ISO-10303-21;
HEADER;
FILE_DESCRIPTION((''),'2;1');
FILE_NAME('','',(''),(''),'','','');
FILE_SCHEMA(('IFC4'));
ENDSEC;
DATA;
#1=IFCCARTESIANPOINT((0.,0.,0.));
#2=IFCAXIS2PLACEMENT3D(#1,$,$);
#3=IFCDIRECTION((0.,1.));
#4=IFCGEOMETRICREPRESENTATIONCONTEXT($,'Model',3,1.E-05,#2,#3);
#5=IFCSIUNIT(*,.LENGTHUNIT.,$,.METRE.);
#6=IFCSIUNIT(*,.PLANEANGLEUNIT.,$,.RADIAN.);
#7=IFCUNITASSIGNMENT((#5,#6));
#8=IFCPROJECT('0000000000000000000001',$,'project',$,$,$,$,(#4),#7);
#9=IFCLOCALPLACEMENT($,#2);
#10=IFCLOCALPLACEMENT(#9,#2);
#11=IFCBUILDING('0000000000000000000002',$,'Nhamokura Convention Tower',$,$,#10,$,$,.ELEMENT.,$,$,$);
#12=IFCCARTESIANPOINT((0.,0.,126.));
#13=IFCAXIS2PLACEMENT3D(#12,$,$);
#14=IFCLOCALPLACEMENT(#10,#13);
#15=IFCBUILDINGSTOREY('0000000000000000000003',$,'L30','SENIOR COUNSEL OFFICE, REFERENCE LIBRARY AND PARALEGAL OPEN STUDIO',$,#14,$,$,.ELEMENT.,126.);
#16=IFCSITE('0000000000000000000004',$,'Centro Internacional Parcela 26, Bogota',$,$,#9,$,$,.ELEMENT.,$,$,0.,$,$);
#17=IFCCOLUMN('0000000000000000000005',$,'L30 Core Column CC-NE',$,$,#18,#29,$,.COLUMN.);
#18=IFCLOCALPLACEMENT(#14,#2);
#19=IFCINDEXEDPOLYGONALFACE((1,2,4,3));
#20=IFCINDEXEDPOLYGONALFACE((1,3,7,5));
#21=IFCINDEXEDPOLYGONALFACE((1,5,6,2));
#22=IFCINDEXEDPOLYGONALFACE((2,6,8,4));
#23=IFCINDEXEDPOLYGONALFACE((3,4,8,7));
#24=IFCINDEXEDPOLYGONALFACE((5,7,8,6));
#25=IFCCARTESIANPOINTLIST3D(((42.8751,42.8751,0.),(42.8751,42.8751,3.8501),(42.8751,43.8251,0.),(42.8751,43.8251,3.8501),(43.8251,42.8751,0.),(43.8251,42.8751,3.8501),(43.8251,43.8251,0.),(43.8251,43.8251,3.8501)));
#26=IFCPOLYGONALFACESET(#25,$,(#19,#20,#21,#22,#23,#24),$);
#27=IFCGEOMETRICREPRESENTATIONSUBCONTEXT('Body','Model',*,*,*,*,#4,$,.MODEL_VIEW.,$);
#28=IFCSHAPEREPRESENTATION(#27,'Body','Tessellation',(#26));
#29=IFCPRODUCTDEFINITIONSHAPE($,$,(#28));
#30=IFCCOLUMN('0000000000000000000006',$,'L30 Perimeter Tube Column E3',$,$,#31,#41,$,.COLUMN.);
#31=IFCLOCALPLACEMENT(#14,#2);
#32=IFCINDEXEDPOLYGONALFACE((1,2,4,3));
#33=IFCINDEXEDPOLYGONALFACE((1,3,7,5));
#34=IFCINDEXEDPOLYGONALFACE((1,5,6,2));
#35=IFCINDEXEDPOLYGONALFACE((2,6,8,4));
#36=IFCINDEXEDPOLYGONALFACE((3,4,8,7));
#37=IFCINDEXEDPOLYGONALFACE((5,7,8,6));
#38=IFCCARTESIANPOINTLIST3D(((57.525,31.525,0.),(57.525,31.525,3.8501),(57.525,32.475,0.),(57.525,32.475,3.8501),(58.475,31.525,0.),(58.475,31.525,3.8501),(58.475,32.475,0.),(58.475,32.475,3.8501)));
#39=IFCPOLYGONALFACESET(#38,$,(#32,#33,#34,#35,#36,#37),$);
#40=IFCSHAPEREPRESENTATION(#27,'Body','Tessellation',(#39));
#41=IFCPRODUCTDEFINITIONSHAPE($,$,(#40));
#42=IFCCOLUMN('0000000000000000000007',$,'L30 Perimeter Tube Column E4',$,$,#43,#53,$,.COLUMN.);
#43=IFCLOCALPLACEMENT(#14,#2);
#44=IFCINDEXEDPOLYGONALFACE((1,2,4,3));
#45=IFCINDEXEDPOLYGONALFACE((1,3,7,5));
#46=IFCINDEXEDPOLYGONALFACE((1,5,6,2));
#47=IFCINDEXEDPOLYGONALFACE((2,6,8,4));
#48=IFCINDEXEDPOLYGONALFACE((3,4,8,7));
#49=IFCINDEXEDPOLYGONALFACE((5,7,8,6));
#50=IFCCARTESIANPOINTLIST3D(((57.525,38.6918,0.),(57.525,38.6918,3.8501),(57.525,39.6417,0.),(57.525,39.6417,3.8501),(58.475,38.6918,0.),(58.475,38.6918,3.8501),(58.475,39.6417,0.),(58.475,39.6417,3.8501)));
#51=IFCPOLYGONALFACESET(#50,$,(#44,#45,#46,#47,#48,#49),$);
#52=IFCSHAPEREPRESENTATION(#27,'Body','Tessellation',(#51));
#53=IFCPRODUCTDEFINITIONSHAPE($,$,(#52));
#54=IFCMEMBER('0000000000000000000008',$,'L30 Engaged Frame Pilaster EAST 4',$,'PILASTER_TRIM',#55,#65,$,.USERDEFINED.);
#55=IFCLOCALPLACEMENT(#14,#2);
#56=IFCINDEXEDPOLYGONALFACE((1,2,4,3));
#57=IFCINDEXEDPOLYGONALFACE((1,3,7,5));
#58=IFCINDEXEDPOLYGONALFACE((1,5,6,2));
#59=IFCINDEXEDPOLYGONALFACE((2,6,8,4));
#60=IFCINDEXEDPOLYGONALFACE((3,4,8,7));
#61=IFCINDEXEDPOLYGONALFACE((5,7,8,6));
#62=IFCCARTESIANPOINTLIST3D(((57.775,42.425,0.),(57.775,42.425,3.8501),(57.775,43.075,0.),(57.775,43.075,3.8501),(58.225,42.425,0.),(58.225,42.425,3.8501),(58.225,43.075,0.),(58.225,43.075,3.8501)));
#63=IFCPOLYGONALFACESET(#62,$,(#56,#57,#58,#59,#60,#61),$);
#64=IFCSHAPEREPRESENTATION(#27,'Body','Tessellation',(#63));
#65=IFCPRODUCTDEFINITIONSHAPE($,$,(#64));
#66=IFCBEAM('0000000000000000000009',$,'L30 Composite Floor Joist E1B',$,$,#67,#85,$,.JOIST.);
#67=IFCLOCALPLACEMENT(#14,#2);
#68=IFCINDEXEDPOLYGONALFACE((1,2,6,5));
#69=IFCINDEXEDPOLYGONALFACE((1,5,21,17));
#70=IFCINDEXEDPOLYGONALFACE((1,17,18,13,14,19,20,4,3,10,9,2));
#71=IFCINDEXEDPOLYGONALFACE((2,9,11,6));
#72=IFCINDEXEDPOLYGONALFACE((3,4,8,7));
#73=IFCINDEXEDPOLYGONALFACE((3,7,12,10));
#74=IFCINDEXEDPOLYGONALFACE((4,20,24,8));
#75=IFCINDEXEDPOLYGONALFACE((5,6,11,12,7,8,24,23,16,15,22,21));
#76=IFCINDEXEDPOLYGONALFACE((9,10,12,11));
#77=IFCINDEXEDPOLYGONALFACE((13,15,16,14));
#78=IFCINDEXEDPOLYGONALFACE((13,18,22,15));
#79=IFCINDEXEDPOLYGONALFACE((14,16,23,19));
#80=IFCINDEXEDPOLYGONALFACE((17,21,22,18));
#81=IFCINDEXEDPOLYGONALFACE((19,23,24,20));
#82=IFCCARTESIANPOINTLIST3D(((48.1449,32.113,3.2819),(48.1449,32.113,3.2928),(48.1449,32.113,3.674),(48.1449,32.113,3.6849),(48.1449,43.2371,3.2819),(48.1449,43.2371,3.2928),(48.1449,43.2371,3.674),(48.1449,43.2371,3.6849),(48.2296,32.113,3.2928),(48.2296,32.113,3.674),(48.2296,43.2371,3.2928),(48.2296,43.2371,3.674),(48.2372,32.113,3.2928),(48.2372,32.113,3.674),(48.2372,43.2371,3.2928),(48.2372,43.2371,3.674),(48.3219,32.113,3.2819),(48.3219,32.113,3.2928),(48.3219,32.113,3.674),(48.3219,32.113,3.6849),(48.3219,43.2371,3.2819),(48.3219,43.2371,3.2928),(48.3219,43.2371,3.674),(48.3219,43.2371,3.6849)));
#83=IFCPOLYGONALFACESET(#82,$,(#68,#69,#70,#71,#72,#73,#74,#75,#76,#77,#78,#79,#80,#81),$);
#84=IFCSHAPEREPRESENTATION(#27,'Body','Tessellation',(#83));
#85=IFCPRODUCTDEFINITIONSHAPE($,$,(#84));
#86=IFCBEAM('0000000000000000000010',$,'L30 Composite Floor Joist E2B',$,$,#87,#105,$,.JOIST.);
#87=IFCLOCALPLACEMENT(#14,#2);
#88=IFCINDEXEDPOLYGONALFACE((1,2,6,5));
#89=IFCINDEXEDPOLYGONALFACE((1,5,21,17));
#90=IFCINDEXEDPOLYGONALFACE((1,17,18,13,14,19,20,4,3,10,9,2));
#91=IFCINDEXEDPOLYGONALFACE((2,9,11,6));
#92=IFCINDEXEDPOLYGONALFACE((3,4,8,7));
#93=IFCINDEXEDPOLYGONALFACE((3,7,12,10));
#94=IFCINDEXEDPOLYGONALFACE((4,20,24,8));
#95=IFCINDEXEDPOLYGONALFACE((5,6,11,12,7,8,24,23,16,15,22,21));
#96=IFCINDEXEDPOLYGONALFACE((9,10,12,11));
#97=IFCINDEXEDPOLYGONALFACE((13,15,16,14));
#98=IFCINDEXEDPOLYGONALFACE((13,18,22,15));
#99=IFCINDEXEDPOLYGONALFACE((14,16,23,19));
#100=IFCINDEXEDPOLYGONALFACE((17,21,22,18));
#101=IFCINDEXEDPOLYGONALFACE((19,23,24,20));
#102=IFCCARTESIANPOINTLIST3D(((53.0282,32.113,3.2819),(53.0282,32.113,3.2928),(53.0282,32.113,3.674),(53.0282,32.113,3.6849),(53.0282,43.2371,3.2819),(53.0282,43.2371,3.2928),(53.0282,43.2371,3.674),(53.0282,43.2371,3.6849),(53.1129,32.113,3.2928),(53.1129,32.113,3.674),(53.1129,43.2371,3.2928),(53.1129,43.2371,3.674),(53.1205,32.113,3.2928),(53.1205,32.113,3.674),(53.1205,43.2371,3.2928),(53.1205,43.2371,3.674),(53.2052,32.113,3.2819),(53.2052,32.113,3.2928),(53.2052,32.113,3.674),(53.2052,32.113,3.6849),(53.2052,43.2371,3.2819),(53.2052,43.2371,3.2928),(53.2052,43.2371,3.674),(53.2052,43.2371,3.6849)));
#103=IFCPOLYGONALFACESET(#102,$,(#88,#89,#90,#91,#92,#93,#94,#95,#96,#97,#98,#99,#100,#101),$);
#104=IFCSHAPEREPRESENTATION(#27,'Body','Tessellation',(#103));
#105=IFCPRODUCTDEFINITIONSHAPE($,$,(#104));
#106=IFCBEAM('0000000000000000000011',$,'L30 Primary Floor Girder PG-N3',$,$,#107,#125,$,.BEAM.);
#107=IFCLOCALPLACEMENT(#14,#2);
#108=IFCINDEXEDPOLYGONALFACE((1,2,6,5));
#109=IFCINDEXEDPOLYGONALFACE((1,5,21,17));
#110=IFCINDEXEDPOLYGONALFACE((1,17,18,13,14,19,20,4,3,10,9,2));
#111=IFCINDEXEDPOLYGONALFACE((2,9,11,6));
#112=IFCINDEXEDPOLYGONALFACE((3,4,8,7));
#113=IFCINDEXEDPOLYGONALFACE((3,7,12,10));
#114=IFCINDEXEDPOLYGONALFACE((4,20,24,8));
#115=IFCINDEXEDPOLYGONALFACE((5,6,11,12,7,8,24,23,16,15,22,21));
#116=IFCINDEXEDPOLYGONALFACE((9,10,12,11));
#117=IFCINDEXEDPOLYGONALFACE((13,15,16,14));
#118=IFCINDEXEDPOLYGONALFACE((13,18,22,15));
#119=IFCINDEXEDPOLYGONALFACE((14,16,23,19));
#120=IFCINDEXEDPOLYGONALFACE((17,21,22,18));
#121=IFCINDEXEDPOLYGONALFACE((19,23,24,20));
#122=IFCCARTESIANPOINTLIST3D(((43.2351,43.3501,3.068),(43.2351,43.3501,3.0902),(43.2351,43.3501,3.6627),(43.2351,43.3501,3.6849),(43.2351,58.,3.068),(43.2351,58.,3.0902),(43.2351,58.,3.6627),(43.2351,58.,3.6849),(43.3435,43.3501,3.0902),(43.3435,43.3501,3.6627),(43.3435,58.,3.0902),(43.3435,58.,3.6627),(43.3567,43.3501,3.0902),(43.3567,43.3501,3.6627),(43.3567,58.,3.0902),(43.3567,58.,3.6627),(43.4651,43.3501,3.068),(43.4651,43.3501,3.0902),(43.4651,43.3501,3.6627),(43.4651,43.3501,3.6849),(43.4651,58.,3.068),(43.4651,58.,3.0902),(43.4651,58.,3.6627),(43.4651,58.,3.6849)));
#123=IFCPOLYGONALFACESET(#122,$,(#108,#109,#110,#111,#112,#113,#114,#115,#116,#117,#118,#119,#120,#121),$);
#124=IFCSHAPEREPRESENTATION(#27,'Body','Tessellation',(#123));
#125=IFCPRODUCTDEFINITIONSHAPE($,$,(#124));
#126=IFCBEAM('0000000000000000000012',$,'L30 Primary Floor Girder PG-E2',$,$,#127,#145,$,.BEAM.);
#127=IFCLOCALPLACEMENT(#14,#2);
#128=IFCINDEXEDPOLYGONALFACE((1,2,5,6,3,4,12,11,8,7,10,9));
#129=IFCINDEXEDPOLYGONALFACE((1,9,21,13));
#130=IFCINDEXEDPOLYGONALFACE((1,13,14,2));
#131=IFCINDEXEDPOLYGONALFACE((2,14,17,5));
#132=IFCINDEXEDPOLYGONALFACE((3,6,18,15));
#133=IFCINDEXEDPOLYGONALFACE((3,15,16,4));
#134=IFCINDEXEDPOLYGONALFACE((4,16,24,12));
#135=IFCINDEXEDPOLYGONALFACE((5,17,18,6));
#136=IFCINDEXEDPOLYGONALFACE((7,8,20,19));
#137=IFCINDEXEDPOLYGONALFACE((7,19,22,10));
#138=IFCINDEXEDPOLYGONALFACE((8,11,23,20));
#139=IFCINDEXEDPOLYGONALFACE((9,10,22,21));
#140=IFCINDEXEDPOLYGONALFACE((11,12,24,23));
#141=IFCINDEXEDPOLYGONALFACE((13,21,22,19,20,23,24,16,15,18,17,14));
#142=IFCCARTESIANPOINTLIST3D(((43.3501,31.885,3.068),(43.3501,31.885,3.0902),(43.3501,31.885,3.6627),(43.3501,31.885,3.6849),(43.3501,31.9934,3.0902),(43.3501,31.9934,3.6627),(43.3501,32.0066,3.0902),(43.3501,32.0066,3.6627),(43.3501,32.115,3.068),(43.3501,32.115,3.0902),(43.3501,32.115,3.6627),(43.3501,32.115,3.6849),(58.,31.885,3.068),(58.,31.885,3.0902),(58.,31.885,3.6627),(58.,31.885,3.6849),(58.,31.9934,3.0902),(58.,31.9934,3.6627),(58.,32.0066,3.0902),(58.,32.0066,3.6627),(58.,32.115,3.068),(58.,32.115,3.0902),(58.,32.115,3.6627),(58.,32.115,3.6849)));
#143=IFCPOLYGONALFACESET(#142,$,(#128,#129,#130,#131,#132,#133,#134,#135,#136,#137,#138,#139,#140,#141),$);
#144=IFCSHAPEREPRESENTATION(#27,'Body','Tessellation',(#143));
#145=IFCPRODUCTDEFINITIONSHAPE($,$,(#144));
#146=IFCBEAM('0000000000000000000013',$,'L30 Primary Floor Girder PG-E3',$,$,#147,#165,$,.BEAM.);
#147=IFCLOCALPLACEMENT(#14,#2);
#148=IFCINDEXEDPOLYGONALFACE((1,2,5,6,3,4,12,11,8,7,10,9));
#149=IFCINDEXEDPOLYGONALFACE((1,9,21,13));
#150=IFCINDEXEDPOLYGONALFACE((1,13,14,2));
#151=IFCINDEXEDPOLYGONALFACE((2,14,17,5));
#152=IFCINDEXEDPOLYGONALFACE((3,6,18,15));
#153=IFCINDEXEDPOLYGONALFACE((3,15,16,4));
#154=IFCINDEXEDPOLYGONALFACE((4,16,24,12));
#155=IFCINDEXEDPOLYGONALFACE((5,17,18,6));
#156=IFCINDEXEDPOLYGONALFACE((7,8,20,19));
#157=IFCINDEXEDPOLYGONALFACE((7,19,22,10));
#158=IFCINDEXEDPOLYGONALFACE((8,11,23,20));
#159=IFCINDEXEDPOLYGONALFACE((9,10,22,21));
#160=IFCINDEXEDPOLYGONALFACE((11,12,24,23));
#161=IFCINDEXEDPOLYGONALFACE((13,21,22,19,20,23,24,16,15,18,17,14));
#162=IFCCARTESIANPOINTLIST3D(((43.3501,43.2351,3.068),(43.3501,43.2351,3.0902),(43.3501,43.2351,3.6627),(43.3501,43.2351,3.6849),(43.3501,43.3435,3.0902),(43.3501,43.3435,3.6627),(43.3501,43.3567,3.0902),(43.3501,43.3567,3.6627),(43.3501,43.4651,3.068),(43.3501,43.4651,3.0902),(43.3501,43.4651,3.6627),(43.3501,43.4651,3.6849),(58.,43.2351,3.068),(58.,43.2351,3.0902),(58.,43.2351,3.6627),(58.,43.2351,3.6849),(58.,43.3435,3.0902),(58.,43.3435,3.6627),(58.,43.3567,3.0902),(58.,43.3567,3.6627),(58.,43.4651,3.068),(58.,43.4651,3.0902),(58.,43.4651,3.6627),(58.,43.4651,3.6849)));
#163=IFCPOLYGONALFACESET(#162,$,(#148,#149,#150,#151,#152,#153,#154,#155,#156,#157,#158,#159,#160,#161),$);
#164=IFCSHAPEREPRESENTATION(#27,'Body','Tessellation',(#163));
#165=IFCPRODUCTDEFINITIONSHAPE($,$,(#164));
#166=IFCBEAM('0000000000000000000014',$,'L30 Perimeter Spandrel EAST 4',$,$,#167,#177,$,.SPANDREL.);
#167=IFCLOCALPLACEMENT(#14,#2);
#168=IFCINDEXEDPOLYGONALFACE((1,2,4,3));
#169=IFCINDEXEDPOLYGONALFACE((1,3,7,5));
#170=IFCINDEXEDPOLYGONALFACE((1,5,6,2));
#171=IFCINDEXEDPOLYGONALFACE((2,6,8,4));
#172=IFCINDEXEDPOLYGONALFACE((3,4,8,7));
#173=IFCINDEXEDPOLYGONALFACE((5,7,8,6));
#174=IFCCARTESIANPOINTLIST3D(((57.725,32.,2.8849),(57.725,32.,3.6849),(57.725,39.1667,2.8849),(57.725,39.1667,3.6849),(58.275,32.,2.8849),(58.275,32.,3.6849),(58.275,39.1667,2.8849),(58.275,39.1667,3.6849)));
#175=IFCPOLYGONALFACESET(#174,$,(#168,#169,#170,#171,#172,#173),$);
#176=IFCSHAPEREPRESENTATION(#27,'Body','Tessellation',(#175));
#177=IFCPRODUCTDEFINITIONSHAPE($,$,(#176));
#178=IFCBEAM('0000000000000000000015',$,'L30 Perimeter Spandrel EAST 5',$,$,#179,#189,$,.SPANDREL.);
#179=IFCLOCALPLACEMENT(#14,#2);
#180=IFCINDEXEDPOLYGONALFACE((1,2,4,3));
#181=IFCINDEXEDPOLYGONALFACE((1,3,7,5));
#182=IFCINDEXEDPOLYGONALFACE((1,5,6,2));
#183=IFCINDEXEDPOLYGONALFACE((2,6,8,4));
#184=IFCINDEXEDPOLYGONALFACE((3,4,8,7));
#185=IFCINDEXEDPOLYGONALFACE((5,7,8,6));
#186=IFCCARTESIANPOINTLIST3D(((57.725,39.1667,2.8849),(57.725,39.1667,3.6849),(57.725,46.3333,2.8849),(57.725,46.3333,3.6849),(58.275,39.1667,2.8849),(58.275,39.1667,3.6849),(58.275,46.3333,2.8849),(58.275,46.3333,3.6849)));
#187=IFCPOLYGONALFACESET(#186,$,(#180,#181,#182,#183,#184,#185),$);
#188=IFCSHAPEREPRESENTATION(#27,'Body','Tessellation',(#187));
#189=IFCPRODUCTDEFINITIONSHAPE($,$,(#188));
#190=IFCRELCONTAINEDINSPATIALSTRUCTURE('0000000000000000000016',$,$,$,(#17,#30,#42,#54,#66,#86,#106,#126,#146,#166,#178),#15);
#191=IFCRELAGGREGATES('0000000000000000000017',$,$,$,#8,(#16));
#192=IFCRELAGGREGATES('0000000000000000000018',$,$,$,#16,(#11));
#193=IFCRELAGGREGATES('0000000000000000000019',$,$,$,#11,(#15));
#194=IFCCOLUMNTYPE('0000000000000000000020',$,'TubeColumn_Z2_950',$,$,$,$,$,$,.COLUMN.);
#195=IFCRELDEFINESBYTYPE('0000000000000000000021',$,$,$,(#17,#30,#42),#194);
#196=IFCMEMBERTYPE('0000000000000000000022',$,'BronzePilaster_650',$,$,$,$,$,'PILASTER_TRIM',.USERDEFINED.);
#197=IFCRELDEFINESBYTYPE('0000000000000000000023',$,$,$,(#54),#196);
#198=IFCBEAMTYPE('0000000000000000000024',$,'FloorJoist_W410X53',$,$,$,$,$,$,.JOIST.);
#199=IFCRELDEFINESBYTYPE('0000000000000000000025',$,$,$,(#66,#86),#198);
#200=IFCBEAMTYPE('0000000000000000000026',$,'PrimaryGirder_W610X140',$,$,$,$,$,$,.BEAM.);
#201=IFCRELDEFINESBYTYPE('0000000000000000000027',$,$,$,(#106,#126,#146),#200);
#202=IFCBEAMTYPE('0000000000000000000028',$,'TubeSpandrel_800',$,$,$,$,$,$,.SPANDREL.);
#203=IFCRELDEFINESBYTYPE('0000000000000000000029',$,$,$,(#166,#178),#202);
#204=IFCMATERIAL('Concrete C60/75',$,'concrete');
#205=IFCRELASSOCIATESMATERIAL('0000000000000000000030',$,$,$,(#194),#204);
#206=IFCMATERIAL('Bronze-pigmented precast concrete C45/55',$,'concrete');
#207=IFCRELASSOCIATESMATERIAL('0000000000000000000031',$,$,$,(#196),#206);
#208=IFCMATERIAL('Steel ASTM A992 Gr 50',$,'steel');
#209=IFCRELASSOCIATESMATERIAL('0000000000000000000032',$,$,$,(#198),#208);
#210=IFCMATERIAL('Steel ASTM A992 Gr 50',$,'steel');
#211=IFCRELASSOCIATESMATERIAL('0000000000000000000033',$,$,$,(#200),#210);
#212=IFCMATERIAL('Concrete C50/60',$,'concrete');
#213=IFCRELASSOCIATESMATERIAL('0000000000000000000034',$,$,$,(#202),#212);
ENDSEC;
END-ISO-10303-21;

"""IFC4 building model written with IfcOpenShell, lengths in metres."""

from ifc_helpers import new_model, si_unit, direction, frame, origin, origin_2d, place, context, subcontext, project, spatial, rectangle, i_section, extrude, material, material_profile, profile_set, type_object, element, save


model = new_model("IFC4")

# Units and contexts
model_context = context("Model", 3, precision=1e-05, world=origin(), true_north=direction((0.0, 1.0)))
body_context = subcontext(model_context, "Body", "Model", "MODEL_VIEW")
ifc_project = project(units=[si_unit("LENGTHUNIT", "METRE"), si_unit("PLANEANGLEUNIT", "RADIAN")], contexts=[model_context])

# Site, building, storey
site_placement = place(None, origin())
site = spatial("IfcSite", under=ifc_project, at=site_placement, Name="Centro Internacional Parcela 26, Bogota", CompositionType="ELEMENT", RefElevation=0.0)
building_placement = place(site_placement, origin())
building = spatial("IfcBuilding", under=site, at=building_placement, Name="Nhamokura Convention Tower", CompositionType="ELEMENT")
storey_placement = place(building_placement, frame((0.0, 0.0, 126.0)))
storey = spatial("IfcBuildingStorey", under=building, at=storey_placement, Name="L30", Description="SENIOR COUNSEL OFFICE, REFERENCE LIBRARY AND PARALEGAL OPEN STUDIO", CompositionType="ELEMENT", Elevation=126.0)

# Columns
ifc_material_1 = material(Name="Concrete C60/75", Category="concrete")
ifc_material_profile_1 = material_profile(ifc_material_1, rectangle(XDim=0.95, YDim=0.95, at=origin_2d()))
ifc_profile_set_1 = profile_set([ifc_material_profile_1], Name="Concrete C60/75")
column_type = type_object("IfcColumnType", Name="TubeColumn_Z2_950", PredefinedType="COLUMN", material=ifc_profile_set_1)
for number, where, z_axis, x_axis, name in (
    (1, (43.3501, 43.3501, 0.0), (0.0, 0.0, 1.0), (1.0, 0.0, 0.0), "L30 Core Column CC-NE"),
    (2, (58.0, 32.0, 0.0), (0.0, 0.0, 1.0), (1.0, 0.0, 0.0), "L30 Perimeter Tube Column E3"),
    (3, (58.0, 39.1667, 0.0), (0.0, 0.0, 1.0), (1.0, 0.0, 0.0), "L30 Perimeter Tube Column E4"),
):
    element("IfcColumn", number, at=place(storey_placement, frame(where, z_axis=z_axis, x_axis=x_axis)), inside=storey, type_object=column_type, Name=name, PredefinedType="COLUMN", context=body_context, shape_type="SweptSolid", body=[
        extrude(rectangle(XDim=0.95, YDim=0.95, at=origin_2d()), origin(), (0.0, 0.0, 1.0), 3.8501),
    ])

# Member
ifc_material_2 = material(Name="Bronze-pigmented precast concrete C45/55", Category="concrete")
ifc_material_profile_2 = material_profile(ifc_material_2, rectangle(XDim=0.45, YDim=0.6499, at=origin_2d()))
ifc_profile_set_2 = profile_set([ifc_material_profile_2], Name="Bronze-pigmented precast concrete C45/55")
member_type = type_object("IfcMemberType", Name="BronzePilaster_650", ElementType="PILASTER_TRIM", PredefinedType="USERDEFINED", material=ifc_profile_set_2)
member_placement = place(storey_placement, frame((58.0, 42.75, 0.0), z_axis=(0.0, 0.0, 1.0), x_axis=(1.0, 0.0, 0.0)))
element("IfcMember", 4, at=member_placement, inside=storey, type_object=member_type, Name="L30 Engaged Frame Pilaster EAST 4", ObjectType="PILASTER_TRIM", PredefinedType="USERDEFINED", context=body_context, shape_type="SweptSolid", body=[
    extrude(rectangle(XDim=0.45, YDim=0.6499, at=origin_2d()), origin(), (0.0, 0.0, 1.0), 3.8501),
])

# Beams
ifc_material_3 = material(Name="Steel ASTM A992 Gr 50", Category="steel")
ifc_material_profile_3 = material_profile(ifc_material_3, i_section(OverallWidth=0.177, OverallDepth=0.4031, WebThickness=0.0076, FlangeThickness=0.011, at=origin_2d()))
ifc_profile_set_3 = profile_set([ifc_material_profile_3], Name="Steel ASTM A992 Gr 50")
beam_type_1 = type_object("IfcBeamType", Name="FloorJoist_W410X53", PredefinedType="JOIST", material=ifc_profile_set_3)
for number, where, z_axis, x_axis, name in (
    (5, (48.2334, 32.113, 3.4834), (0.0, 1.0, 0.0), (-1.0, 0.0, 0.0), "L30 Composite Floor Joist E1B"),
    (6, (53.1167, 32.113, 3.4834), (0.0, 1.0, 0.0), (-1.0, 0.0, 0.0), "L30 Composite Floor Joist E2B"),
):
    element("IfcBeam", number, at=place(storey_placement, frame(where, z_axis=z_axis, x_axis=x_axis)), inside=storey, type_object=beam_type_1, Name=name, PredefinedType="JOIST", context=body_context, shape_type="SweptSolid", body=[
        extrude(i_section(OverallWidth=0.177, OverallDepth=0.4031, WebThickness=0.0076, FlangeThickness=0.011, at=origin_2d()), origin(), (0.0, 0.0, 1.0), 11.124),
    ])
ifc_material_4 = material(Name="Steel ASTM A992 Gr 50", Category="steel")
ifc_material_profile_4 = material_profile(ifc_material_4, i_section(OverallWidth=0.23, OverallDepth=0.6169, WebThickness=0.0132, FlangeThickness=0.0222, at=origin_2d()))
ifc_profile_set_4 = profile_set([ifc_material_profile_4], Name="Steel ASTM A992 Gr 50")
beam_type_2 = type_object("IfcBeamType", Name="PrimaryGirder_W610X140", PredefinedType="BEAM", material=ifc_profile_set_4)
for number, where, z_axis, x_axis, name in (
    (7, (43.3501, 43.3501, 3.3765), (0.0, 1.0, 0.0), (-1.0, 0.0, 0.0), "L30 Primary Floor Girder PG-N3"),
    (8, (43.3501, 32.0, 3.3765), (1.0, 0.0, 0.0), (0.0, 1.0, 0.0), "L30 Primary Floor Girder PG-E2"),
    (9, (43.3501, 43.3501, 3.3765), (1.0, 0.0, 0.0), (0.0, 1.0, 0.0), "L30 Primary Floor Girder PG-E3"),
):
    element("IfcBeam", number, at=place(storey_placement, frame(where, z_axis=z_axis, x_axis=x_axis)), inside=storey, type_object=beam_type_2, Name=name, PredefinedType="BEAM", context=body_context, shape_type="SweptSolid", body=[
        extrude(i_section(OverallWidth=0.23, OverallDepth=0.6169, WebThickness=0.0132, FlangeThickness=0.0222, at=origin_2d()), origin(), (0.0, 0.0, 1.0), 14.6499),
    ])
ifc_material_5 = material(Name="Concrete C50/60", Category="concrete")
ifc_material_profile_5 = material_profile(ifc_material_5, rectangle(XDim=0.55, YDim=0.8, at=origin_2d()))
ifc_profile_set_5 = profile_set([ifc_material_profile_5], Name="Concrete C50/60")
beam_type_3 = type_object("IfcBeamType", Name="TubeSpandrel_800", PredefinedType="SPANDREL", material=ifc_profile_set_5)
beam_1_placement = place(storey_placement, frame((58.0, 32.0, 3.2849), z_axis=(0.0, 1.0, 0.0), x_axis=(-1.0, 0.0, 0.0)))
element("IfcBeam", 10, at=beam_1_placement, inside=storey, type_object=beam_type_3, Name="L30 Perimeter Spandrel EAST 4", PredefinedType="SPANDREL", context=body_context, shape_type="SweptSolid", body=[
    extrude(rectangle(XDim=0.55, YDim=0.8, at=origin_2d()), origin(), (0.0, 0.0, 1.0), 7.1667),
])
beam_2_placement = place(storey_placement, frame((58.0, 39.1667, 3.2849), z_axis=(0.0, 1.0, 0.0), x_axis=(-1.0, 0.0, 0.0)))
element("IfcBeam", 11, at=beam_2_placement, inside=storey, type_object=beam_type_3, Name="L30 Perimeter Spandrel EAST 5", PredefinedType="SPANDREL", context=body_context, shape_type="SweptSolid", body=[
    extrude(rectangle(XDim=0.55, YDim=0.8, at=origin_2d()), origin(), (0.0, 0.0, 1.0), 7.1665),
])

save(model, "model.ifc")
